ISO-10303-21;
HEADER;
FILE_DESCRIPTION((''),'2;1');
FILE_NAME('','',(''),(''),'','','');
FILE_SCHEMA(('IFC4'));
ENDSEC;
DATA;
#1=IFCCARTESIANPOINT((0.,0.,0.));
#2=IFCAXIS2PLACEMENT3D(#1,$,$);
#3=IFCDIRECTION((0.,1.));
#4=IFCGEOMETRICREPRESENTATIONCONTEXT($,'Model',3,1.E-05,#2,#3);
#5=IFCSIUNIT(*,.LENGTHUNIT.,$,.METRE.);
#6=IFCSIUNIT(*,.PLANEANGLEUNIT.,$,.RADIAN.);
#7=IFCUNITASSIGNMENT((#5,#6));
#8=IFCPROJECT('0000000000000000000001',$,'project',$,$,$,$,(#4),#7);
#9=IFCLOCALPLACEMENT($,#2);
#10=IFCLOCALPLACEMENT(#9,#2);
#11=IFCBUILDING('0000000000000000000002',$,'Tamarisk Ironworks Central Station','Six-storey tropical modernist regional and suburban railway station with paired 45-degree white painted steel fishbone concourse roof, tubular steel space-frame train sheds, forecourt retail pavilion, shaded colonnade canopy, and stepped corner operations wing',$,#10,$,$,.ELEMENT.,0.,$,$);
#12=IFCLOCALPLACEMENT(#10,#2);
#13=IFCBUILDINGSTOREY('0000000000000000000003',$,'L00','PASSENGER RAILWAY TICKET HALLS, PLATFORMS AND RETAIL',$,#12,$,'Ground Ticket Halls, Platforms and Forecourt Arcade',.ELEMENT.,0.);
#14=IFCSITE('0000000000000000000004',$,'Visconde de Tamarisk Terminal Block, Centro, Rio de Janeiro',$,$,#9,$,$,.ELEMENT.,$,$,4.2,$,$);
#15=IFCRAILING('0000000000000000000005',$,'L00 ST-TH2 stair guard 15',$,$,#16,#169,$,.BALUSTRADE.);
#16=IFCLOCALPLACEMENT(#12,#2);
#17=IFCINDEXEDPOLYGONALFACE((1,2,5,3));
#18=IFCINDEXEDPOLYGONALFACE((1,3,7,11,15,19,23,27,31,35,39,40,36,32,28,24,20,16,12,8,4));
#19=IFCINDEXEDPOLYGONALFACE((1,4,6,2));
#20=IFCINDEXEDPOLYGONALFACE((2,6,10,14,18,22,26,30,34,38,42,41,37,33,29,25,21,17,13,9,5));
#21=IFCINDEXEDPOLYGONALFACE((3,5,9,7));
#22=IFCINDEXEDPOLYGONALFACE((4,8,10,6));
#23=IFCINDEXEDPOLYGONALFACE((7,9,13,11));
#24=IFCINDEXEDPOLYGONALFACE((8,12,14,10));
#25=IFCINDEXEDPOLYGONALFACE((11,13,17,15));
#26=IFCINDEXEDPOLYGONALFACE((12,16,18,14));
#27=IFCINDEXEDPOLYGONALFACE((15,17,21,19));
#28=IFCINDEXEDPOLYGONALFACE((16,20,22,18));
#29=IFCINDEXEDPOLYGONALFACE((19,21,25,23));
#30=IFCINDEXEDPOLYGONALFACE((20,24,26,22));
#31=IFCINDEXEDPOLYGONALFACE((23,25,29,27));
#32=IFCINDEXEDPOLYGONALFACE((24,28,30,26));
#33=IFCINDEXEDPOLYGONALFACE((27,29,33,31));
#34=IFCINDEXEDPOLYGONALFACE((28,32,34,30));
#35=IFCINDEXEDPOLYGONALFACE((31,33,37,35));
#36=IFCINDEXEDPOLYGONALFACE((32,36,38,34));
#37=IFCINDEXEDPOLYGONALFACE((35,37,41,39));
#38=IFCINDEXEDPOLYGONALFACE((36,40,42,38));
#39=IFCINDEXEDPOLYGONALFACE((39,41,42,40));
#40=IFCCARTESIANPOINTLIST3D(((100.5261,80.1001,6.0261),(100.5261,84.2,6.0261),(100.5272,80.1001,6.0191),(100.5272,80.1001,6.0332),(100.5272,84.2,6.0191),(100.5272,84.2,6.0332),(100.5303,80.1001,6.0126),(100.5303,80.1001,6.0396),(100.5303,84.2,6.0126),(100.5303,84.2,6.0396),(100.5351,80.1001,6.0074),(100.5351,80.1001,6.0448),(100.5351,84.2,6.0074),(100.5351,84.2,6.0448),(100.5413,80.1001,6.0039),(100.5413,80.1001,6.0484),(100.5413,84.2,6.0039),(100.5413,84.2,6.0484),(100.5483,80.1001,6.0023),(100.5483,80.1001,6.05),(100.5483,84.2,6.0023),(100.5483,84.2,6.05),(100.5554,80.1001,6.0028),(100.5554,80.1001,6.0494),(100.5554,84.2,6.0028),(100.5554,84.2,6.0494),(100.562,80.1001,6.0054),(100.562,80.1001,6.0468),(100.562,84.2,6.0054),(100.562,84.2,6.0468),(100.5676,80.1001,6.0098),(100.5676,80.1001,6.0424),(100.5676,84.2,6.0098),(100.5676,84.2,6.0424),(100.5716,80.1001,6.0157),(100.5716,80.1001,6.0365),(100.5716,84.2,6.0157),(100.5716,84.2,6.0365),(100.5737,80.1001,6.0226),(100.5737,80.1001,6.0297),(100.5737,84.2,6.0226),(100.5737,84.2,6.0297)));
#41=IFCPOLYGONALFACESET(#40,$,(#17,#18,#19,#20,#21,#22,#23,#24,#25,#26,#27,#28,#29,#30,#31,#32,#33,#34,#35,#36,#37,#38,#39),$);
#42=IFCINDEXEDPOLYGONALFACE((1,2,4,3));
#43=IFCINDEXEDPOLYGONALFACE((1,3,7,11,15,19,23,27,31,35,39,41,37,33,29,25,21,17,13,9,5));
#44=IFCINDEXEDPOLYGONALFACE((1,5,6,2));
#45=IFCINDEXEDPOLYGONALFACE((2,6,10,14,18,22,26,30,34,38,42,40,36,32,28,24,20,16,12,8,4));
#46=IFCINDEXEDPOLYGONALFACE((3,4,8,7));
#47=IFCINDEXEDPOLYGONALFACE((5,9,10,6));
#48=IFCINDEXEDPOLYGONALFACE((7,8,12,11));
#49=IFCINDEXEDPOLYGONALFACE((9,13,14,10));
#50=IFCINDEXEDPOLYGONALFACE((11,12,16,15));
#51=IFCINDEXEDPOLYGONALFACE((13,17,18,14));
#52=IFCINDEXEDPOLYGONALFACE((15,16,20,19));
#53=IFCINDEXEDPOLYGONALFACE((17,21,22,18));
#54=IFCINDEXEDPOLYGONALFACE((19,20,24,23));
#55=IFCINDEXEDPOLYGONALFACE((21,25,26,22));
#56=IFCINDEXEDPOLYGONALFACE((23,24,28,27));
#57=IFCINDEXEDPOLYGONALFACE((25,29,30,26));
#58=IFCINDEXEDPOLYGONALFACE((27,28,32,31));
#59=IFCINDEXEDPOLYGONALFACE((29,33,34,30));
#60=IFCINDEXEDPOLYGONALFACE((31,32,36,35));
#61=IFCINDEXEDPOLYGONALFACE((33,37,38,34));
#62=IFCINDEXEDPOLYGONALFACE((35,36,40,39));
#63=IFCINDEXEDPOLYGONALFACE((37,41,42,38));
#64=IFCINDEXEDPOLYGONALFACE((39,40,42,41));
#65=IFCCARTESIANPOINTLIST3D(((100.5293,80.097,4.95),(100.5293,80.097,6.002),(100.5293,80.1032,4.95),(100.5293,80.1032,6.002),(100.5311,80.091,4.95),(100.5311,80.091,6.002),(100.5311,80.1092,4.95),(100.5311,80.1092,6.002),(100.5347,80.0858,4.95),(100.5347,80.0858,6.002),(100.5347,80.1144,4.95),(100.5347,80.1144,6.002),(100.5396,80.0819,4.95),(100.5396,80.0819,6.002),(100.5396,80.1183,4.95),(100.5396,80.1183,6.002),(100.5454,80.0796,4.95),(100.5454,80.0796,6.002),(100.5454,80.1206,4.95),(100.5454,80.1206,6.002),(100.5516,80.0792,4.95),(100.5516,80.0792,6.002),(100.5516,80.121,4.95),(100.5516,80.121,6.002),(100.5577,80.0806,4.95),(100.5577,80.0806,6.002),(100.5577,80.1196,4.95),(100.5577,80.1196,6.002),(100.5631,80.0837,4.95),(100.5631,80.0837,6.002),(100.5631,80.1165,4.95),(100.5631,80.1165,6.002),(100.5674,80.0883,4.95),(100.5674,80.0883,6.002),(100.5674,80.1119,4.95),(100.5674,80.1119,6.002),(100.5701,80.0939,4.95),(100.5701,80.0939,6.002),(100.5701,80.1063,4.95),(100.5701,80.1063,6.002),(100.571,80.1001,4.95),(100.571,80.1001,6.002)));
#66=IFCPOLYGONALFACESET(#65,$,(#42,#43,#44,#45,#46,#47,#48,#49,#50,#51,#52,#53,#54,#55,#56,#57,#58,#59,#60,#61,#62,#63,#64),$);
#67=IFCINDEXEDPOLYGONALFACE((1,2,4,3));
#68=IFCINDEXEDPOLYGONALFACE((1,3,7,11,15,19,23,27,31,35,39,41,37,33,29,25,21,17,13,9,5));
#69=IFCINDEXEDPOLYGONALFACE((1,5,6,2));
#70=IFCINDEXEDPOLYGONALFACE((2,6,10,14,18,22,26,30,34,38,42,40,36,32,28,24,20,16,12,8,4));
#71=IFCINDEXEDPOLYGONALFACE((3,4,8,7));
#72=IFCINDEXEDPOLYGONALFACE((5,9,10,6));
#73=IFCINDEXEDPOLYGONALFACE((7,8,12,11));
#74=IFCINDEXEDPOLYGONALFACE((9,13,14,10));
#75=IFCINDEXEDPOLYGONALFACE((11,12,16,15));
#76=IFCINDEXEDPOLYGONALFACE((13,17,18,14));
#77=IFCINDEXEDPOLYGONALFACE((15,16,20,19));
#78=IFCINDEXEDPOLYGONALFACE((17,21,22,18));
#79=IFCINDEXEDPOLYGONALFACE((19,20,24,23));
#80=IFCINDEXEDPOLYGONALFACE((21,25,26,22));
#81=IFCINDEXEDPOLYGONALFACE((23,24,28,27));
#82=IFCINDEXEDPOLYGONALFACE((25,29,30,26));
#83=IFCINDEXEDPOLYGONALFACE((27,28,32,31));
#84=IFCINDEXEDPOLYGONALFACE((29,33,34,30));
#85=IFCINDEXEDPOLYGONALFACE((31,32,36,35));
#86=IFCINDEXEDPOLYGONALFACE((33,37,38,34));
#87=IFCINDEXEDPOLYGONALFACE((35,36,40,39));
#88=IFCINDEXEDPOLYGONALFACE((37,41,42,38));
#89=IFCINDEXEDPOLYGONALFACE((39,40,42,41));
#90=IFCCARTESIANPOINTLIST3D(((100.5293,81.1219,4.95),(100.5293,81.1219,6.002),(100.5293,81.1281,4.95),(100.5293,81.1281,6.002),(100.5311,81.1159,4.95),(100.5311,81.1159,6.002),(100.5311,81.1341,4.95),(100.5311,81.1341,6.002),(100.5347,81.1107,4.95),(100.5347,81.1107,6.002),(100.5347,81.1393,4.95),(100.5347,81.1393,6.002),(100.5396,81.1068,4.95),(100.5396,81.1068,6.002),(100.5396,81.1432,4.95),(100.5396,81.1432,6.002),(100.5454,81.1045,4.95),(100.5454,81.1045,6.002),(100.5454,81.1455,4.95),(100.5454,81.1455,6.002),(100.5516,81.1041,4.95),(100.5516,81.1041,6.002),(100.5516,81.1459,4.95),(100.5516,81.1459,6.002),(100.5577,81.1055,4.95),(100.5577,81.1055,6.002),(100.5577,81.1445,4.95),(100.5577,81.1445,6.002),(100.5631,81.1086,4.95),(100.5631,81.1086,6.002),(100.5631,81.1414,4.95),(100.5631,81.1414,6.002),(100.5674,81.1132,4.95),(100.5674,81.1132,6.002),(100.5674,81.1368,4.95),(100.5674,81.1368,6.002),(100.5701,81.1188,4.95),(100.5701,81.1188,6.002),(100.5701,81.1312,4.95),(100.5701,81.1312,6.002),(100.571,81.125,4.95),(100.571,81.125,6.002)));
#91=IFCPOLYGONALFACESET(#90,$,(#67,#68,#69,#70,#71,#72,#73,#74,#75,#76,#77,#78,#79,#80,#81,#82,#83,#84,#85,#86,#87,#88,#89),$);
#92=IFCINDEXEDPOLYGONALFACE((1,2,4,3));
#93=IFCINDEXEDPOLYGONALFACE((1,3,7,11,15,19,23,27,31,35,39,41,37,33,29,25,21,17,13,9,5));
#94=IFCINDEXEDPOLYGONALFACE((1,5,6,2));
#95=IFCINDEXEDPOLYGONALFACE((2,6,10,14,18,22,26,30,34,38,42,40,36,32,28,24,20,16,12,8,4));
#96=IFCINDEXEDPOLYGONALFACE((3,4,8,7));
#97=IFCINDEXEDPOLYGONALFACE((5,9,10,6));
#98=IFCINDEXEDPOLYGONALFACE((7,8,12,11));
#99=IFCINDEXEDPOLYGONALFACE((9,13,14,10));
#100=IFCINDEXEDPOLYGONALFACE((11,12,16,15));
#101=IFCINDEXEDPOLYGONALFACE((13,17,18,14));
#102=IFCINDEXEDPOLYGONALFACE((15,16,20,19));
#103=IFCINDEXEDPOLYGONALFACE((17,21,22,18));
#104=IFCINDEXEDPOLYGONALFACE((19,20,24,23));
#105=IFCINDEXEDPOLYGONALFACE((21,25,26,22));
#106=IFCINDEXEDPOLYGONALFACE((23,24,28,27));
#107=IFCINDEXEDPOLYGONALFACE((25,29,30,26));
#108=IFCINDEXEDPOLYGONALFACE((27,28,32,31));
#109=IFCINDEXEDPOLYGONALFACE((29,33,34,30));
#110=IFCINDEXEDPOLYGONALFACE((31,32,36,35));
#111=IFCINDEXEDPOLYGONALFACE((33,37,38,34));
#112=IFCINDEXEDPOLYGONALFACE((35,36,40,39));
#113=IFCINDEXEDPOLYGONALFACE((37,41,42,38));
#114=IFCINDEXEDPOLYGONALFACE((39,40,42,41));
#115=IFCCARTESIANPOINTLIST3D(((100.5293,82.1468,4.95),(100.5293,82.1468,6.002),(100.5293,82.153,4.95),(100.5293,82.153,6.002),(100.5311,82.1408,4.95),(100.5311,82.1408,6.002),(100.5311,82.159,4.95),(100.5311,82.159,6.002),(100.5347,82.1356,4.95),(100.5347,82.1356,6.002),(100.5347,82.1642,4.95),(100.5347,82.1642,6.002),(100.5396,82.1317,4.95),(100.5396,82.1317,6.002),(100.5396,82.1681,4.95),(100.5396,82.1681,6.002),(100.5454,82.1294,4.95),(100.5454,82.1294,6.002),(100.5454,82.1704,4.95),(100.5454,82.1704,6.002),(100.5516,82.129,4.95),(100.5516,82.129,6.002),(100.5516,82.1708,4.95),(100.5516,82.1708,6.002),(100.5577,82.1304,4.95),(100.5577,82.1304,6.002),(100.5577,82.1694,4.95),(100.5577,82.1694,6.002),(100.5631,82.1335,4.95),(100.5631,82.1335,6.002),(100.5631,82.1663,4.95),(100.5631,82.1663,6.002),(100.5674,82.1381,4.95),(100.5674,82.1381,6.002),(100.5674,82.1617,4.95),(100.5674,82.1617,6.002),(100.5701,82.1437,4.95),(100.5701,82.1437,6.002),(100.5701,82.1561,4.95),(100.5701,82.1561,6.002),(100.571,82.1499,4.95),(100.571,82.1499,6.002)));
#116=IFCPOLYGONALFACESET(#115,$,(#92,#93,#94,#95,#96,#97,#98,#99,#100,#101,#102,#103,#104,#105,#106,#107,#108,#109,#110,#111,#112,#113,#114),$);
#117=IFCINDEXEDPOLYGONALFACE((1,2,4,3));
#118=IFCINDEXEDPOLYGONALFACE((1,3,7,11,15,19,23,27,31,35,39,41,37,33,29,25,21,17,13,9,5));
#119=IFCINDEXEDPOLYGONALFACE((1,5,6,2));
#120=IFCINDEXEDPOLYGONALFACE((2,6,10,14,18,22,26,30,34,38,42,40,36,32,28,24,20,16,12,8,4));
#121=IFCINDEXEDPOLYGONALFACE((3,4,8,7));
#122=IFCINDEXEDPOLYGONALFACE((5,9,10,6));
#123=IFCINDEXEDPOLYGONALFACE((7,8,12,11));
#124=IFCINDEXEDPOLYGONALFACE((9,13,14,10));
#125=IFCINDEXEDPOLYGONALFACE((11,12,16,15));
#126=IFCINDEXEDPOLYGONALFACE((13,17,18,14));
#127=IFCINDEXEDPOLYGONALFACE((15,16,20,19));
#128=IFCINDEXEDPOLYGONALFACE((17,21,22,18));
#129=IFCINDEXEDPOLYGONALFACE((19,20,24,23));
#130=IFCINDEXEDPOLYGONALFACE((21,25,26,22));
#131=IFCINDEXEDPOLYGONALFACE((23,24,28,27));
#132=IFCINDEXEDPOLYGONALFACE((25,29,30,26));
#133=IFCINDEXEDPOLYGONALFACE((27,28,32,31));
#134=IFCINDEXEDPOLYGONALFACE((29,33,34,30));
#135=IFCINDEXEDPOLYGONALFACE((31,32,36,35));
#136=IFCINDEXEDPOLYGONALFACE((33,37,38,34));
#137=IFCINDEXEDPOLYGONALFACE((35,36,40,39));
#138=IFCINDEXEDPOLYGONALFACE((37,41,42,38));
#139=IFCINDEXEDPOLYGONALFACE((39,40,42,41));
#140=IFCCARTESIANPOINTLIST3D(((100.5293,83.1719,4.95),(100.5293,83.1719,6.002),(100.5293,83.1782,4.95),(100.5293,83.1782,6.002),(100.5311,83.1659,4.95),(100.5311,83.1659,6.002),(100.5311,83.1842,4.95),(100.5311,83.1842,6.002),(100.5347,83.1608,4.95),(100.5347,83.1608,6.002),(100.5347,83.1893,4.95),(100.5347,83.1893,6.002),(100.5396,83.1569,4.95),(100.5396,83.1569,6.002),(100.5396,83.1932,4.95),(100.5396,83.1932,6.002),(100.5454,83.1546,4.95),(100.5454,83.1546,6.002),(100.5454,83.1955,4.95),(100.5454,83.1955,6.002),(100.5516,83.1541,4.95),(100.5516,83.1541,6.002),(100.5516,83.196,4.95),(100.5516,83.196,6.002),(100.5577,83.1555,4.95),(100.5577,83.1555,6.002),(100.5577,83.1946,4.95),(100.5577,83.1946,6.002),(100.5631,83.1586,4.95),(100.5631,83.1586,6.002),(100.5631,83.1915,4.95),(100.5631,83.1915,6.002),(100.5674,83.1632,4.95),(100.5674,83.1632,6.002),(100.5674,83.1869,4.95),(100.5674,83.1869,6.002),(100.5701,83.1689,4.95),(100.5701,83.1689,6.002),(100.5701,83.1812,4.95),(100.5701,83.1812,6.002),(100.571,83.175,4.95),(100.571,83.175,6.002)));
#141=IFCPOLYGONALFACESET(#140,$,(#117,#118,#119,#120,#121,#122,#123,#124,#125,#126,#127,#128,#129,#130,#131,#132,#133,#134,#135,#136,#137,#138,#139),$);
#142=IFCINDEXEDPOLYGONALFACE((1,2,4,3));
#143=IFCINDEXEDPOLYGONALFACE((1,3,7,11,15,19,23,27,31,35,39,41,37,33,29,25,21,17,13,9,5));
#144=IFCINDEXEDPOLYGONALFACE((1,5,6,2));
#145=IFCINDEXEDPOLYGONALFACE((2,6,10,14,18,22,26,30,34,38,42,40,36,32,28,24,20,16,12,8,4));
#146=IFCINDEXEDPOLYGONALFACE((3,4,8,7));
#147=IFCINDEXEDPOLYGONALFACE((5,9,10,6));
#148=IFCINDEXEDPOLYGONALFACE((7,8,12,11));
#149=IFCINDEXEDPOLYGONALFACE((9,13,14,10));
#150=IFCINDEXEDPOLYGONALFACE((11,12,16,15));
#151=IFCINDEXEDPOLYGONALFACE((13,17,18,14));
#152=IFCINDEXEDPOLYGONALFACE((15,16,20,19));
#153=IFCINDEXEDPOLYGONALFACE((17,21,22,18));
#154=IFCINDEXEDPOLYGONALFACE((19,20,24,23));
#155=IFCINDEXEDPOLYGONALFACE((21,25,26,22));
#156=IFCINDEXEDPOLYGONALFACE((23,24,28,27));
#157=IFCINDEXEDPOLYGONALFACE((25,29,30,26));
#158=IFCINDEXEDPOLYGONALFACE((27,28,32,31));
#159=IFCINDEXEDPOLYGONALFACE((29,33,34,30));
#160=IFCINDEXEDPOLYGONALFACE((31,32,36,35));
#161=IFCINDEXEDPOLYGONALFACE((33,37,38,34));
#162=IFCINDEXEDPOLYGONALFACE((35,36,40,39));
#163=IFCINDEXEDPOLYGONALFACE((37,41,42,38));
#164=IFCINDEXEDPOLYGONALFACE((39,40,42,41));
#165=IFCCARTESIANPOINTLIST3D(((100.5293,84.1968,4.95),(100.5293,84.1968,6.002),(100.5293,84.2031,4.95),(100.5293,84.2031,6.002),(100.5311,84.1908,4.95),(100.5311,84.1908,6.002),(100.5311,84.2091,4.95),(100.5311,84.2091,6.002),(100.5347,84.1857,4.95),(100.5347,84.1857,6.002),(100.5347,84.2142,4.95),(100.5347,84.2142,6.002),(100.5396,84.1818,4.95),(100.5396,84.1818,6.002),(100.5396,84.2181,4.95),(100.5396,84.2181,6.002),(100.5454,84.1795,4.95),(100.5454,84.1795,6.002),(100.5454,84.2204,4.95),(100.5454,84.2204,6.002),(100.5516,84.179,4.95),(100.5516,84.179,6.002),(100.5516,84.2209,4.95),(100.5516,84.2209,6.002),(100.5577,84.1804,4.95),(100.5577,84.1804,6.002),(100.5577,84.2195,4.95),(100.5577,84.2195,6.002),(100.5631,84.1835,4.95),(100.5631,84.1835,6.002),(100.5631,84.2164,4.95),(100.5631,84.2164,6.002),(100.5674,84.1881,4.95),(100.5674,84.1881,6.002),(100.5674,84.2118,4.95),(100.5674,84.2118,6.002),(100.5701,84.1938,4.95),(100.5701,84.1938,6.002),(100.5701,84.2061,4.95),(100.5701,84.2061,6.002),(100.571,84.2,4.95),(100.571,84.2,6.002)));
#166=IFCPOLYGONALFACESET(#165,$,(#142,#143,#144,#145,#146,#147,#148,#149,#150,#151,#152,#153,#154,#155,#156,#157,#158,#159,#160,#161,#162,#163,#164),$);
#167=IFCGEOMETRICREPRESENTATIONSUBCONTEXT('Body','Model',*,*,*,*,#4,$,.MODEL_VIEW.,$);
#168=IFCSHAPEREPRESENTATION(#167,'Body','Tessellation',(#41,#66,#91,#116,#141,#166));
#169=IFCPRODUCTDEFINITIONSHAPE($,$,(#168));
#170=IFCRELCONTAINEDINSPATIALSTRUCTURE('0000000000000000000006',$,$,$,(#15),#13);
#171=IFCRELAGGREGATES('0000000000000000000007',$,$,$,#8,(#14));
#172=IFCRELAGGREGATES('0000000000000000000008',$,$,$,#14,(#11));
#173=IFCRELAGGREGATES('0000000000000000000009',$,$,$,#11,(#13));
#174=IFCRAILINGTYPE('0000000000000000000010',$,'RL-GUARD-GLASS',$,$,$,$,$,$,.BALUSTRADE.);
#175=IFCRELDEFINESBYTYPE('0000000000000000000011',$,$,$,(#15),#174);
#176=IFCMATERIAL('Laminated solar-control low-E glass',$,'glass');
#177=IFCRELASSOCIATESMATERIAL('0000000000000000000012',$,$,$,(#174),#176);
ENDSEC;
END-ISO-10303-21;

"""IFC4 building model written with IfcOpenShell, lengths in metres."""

from ifc_helpers import new_model, si_unit, direction, frame, origin, origin_2d, place, context, subcontext, project, spatial, circle, extrude, material, type_object, element, save


model = new_model("IFC4")

# Units and contexts
model_context = context("Model", 3, precision=1e-05, world=origin(), true_north=direction((0.0, 1.0)))
body_context = subcontext(model_context, "Body", "Model", "MODEL_VIEW")
ifc_project = project(units=[si_unit("LENGTHUNIT", "METRE"), si_unit("PLANEANGLEUNIT", "RADIAN")], contexts=[model_context])

# Site, building, storey
site_placement = place(None, origin())
site = spatial("IfcSite", under=ifc_project, at=site_placement, Name="Visconde de Tamarisk Terminal Block, Centro, Rio de Janeiro", CompositionType="ELEMENT", RefElevation=4.2)
building_placement = place(site_placement, origin())
building = spatial("IfcBuilding", under=site, at=building_placement, Name="Tamarisk Ironworks Central Station", Description="Six-storey tropical modernist regional and suburban railway station with paired 45-degree white painted steel fishbone concourse roof, tubular steel space-frame train sheds, forecourt retail pavilion, shaded colonnade canopy, and stepped corner operations wing", CompositionType="ELEMENT", ElevationOfRefHeight=0.0)
storey_placement = place(building_placement, origin())
storey = spatial("IfcBuildingStorey", under=building, at=storey_placement, Name="L00", Description="PASSENGER RAILWAY TICKET HALLS, PLATFORMS AND RETAIL", LongName="Ground Ticket Halls, Platforms and Forecourt Arcade", CompositionType="ELEMENT", Elevation=0.0)

# Railing
ifc_material_1 = material(Name="Laminated solar-control low-E glass", Category="glass")
railing_type_1 = type_object("IfcRailingType", Name="RL-GUARD-GLASS", PredefinedType="BALUSTRADE", material=ifc_material_1)
railing_1_placement = place(storey_placement, frame((100.55, 80.1001, 4.95)))
element("IfcRailing", 1, at=railing_1_placement, inside=storey, type_object=railing_type_1, Name="L00 ST-TH2 stair guard 15", PredefinedType="BALUSTRADE", context=body_context, shape_type="SweptSolid", body=[
    extrude(circle(Radius=0.0239, at=origin_2d()), frame((0.0, 0.0, 1.0762), z_axis=(0.0, 1.0, 0.0), x_axis=(-1.0, 0.0, 0.0)), (0.0, 0.0, 1.0), 4.0999),
    extrude(circle(Radius=0.021, at=origin_2d()), origin(), (0.0, 0.0, 1.0), 1.052),
    extrude(circle(Radius=0.021, at=origin_2d()), frame((0.0, 1.0249, 0.0)), (0.0, 0.0, 1.0), 1.052),
    extrude(circle(Radius=0.021, at=origin_2d()), frame((0.0, 2.0498, 0.0)), (0.0, 0.0, 1.0), 1.052),
    extrude(circle(Radius=0.021, at=origin_2d()), frame((0.0, 3.075, 0.0)), (0.0, 0.0, 1.0), 1.052),
    extrude(circle(Radius=0.021, at=origin_2d()), frame((0.0, 4.0999, 0.0)), (0.0, 0.0, 1.0), 1.052),
])

save(model, "model.ifc")
